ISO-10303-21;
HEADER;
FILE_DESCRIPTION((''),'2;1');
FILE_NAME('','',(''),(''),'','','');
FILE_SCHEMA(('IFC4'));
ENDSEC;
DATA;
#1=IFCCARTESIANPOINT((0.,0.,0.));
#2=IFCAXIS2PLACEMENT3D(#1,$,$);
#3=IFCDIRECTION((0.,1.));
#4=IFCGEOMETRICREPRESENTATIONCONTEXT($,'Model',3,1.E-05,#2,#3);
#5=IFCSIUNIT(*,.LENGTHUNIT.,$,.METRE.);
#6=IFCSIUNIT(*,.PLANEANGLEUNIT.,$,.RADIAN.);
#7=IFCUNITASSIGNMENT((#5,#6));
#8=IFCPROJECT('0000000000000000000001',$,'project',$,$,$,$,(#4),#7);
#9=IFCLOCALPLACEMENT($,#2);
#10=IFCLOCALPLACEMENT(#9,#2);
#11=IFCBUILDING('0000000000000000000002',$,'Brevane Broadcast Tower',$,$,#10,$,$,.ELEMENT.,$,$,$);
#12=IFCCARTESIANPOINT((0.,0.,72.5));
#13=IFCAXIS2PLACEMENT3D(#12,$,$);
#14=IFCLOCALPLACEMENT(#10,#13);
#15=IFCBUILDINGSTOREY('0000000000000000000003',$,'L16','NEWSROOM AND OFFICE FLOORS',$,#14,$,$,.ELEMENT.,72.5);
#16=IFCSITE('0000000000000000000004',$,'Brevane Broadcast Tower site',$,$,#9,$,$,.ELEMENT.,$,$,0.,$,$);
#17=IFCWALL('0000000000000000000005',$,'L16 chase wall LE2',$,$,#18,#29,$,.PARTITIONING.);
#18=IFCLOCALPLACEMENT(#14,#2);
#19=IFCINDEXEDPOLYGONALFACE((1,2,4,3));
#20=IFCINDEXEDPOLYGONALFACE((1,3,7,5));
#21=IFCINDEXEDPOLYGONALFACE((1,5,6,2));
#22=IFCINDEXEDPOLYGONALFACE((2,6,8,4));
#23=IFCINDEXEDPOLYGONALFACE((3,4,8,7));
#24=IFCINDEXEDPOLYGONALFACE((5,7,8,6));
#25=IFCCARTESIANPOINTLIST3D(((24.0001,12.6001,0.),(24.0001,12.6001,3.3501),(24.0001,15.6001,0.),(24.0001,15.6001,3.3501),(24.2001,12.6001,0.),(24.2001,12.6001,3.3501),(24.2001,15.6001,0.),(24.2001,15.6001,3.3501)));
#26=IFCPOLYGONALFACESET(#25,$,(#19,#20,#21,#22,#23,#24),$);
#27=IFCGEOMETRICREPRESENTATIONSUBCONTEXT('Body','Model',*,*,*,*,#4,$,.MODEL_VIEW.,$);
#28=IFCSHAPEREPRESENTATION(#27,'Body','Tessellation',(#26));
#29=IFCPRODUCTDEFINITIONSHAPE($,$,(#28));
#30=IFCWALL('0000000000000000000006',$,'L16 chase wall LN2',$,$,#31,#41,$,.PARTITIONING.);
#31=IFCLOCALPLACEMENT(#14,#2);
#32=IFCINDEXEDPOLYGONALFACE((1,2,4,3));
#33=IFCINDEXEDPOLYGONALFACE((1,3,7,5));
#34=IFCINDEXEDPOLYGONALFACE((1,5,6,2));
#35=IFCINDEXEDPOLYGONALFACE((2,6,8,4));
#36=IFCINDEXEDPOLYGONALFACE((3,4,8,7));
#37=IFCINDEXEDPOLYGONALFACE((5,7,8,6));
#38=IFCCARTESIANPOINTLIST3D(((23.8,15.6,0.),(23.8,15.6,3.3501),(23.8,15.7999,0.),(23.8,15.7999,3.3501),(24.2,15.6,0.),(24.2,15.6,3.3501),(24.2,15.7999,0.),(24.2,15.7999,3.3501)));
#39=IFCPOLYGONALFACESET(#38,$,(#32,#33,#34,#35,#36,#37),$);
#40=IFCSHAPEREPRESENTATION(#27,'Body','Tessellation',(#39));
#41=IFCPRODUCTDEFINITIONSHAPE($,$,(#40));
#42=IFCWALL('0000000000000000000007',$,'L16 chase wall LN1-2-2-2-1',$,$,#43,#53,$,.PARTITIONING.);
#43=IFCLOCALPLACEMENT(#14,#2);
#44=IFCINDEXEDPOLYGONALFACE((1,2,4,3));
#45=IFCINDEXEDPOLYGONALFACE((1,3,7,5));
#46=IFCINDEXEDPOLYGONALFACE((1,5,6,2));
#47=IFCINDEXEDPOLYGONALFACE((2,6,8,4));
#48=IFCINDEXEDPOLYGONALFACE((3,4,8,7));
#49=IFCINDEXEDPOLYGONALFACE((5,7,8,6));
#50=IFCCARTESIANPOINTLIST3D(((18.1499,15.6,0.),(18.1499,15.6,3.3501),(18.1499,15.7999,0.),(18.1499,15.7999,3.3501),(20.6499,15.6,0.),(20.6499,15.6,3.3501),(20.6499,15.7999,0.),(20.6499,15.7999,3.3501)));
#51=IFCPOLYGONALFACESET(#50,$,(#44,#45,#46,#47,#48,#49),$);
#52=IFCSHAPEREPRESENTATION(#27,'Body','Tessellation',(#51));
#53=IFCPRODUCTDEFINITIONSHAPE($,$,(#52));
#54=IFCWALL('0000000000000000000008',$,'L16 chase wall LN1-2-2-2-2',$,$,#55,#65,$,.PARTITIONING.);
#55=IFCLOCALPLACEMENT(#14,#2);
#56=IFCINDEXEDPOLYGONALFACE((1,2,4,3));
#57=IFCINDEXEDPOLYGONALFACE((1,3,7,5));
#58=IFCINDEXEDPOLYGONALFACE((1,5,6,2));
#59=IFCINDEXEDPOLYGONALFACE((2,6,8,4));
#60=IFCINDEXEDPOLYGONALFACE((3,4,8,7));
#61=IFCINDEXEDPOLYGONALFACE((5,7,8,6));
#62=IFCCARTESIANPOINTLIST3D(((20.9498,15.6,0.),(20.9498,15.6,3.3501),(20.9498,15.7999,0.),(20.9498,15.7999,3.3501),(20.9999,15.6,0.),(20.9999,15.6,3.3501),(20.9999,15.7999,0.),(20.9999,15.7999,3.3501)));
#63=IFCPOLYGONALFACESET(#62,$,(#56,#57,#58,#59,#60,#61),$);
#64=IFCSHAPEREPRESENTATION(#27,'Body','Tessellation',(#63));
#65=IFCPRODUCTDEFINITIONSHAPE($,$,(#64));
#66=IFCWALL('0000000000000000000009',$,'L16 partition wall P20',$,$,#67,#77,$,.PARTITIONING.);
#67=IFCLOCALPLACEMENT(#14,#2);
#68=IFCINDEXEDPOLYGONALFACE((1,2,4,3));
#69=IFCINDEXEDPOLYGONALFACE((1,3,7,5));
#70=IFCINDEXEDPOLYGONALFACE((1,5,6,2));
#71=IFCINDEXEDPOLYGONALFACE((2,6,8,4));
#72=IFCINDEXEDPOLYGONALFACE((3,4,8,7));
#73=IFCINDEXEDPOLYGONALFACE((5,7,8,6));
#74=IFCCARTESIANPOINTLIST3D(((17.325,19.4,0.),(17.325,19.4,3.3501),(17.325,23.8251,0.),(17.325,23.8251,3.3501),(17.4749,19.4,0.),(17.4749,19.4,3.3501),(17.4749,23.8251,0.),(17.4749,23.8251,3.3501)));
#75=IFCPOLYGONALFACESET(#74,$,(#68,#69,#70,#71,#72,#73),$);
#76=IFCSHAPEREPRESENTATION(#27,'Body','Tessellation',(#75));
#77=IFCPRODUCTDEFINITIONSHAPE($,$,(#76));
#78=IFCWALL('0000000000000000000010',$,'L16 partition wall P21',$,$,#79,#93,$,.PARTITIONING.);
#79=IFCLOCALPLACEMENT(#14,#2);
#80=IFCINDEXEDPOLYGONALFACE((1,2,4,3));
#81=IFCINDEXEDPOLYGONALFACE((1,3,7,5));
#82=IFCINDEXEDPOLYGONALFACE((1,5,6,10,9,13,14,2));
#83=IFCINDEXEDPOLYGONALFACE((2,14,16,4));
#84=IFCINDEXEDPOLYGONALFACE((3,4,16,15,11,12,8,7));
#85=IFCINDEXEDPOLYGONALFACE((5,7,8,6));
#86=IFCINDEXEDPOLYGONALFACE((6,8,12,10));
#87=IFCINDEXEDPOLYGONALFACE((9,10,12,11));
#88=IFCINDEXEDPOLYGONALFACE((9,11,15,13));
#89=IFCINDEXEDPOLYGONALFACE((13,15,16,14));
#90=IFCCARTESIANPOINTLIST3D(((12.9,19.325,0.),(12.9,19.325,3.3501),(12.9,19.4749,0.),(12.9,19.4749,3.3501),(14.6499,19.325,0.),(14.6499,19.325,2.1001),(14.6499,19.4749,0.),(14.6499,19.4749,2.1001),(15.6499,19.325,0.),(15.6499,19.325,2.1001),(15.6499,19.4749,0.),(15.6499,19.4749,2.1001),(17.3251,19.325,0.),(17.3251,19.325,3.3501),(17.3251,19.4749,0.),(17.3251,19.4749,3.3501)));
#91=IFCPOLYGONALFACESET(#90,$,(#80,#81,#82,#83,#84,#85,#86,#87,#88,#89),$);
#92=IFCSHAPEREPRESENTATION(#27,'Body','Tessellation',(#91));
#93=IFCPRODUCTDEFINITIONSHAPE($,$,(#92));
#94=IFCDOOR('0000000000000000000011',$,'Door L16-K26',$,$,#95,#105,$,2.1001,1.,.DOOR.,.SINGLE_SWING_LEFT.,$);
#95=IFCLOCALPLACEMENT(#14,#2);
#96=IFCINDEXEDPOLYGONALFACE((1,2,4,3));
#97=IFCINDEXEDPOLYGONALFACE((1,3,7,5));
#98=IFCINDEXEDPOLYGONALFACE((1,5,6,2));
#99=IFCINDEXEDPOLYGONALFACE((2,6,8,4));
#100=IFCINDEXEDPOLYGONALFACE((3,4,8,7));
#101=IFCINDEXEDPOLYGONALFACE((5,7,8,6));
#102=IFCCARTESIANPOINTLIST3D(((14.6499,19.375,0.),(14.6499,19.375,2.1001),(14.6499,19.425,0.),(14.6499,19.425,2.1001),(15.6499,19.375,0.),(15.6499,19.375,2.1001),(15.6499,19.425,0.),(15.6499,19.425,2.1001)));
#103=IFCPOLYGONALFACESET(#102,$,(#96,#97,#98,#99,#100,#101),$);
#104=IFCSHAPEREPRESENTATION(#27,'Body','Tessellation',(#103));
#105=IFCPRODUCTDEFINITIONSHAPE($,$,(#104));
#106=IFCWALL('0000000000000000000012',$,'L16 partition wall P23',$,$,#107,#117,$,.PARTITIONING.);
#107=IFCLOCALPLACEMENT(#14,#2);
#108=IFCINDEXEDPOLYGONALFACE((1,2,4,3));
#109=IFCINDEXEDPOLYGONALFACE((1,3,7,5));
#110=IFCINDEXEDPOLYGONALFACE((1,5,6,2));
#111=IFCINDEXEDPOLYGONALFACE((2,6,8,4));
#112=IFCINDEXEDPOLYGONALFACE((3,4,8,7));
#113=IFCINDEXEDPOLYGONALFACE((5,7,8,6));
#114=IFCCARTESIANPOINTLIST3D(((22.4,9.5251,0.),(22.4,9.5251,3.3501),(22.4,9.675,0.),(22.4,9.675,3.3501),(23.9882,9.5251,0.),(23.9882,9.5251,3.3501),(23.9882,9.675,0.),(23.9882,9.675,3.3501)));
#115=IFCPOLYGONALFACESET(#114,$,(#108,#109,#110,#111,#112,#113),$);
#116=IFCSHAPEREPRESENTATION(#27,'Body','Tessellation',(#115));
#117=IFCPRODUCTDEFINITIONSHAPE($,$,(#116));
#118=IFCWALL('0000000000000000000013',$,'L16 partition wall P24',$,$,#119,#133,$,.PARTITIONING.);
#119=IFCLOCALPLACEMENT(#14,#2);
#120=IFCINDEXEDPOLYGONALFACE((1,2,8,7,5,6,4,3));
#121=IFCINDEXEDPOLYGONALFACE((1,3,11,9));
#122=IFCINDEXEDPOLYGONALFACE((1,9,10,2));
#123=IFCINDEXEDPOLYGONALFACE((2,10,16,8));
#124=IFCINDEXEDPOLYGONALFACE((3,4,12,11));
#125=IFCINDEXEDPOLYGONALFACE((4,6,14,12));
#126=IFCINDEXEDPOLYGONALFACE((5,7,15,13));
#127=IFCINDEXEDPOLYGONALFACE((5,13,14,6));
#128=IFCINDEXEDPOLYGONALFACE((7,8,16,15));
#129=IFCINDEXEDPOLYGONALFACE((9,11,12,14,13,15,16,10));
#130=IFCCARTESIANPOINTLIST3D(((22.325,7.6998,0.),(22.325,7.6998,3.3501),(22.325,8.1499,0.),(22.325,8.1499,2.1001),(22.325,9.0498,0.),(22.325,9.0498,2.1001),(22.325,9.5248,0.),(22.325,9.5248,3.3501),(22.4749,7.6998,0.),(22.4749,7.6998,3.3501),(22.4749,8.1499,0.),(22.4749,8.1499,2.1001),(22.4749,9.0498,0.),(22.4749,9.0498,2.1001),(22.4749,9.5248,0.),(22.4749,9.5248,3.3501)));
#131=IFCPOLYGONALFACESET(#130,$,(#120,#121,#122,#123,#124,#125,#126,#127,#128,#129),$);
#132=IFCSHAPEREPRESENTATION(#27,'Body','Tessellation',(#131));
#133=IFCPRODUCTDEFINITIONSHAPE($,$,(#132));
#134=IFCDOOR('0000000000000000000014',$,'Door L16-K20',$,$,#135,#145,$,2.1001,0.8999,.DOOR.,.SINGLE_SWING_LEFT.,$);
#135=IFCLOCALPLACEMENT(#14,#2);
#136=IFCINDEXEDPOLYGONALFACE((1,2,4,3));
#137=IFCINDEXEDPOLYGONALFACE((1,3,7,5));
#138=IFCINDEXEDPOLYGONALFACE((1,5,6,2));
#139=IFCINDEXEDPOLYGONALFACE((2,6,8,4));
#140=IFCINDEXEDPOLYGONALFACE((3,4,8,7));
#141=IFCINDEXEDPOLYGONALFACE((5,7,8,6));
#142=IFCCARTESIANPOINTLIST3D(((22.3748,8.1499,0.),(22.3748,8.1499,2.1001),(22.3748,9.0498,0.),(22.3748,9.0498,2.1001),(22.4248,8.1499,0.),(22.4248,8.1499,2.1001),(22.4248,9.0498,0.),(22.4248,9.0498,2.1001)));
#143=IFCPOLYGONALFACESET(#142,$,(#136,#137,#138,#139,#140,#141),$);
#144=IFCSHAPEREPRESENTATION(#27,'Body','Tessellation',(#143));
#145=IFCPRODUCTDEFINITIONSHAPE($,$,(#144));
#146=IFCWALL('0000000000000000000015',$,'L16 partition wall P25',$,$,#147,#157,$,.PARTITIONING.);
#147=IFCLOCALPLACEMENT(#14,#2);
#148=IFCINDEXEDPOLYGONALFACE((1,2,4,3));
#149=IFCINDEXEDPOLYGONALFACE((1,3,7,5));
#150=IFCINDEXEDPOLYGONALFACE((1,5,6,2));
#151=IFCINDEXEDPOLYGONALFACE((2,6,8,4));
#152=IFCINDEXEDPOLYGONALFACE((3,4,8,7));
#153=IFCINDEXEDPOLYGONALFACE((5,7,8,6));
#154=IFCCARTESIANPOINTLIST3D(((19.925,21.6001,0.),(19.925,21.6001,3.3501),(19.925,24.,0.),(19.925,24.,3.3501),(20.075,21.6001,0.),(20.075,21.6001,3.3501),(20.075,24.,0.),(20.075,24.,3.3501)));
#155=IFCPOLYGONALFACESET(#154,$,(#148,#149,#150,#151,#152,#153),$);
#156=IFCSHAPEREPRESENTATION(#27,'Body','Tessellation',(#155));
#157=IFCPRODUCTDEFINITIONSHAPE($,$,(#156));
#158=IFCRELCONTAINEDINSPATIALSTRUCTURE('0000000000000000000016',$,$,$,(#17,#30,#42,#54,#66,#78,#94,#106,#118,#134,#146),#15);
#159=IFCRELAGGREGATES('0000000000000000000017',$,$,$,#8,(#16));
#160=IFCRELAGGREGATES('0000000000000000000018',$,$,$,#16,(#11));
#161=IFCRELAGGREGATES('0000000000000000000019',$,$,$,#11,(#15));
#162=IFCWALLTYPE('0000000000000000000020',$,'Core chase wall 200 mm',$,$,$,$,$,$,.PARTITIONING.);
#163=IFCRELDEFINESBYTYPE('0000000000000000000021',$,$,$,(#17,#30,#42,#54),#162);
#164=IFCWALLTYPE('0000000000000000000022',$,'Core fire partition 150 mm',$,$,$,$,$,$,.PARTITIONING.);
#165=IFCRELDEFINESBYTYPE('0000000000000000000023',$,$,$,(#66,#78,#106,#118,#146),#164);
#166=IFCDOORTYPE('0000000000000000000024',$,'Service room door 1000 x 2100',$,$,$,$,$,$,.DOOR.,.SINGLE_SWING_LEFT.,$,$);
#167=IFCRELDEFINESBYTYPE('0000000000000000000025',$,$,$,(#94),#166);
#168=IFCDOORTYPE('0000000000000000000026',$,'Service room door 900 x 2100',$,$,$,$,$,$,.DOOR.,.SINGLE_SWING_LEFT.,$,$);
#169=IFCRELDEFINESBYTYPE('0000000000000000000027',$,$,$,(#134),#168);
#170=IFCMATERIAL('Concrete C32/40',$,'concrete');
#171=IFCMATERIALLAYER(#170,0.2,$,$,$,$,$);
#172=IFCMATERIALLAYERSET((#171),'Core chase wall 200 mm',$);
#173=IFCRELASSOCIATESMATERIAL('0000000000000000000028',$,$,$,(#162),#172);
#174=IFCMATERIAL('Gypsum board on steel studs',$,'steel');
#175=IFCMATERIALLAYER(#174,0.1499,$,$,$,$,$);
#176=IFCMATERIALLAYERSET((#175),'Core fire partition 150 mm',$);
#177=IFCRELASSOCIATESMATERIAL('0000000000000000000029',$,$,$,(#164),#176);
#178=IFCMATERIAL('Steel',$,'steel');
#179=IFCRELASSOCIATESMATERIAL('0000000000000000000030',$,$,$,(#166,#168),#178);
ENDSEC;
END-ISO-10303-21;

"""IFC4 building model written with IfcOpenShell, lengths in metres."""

from ifc_helpers import new_model, si_unit, direction, frame, frame_2d, origin, place, context, subcontext, project, spatial, rectangle, extrude, material, layer, layer_set, type_object, element, fill, save


model = new_model("IFC4")

# Units and contexts
model_context = context("Model", 3, precision=1e-05, world=origin(), true_north=direction((0.0, 1.0)))
body_context = subcontext(model_context, "Body", "Model", "MODEL_VIEW")
ifc_project = project(units=[si_unit("LENGTHUNIT", "METRE"), si_unit("PLANEANGLEUNIT", "RADIAN")], contexts=[model_context])

# Site, building, storey
site_placement = place(None, origin())
site = spatial("IfcSite", under=ifc_project, at=site_placement, Name="Brevane Broadcast Tower site", CompositionType="ELEMENT", RefElevation=0.0)
building_placement = place(site_placement, origin())
building = spatial("IfcBuilding", under=site, at=building_placement, Name="Brevane Broadcast Tower", CompositionType="ELEMENT")
storey_placement = place(building_placement, frame((0.0, 0.0, 72.5)))
storey = spatial("IfcBuildingStorey", under=building, at=storey_placement, Name="L16", Description="NEWSROOM AND OFFICE FLOORS", CompositionType="ELEMENT", Elevation=72.5)

# Walls
ifc_material_1 = material(Name="Concrete C32/40", Category="concrete")
ifc_layer_1 = layer(ifc_material_1, 0.2)
ifc_layer_set_1 = layer_set([ifc_layer_1], Name="Core chase wall 200 mm")
wall_type_1 = type_object("IfcWallType", Name="Core chase wall 200 mm", PredefinedType="PARTITIONING", material=ifc_layer_set_1)
wall_1_placement = place(storey_placement, frame((24.1001, 12.6001, 0.0), z_axis=(0.0, 0.0, 1.0), x_axis=(0.0, 1.0, 0.0)))
element("IfcWall", 1, at=wall_1_placement, inside=storey, type_object=wall_type_1, Name="L16 chase wall LE2", PredefinedType="PARTITIONING", context=body_context, shape_type="SweptSolid", body=[
    extrude(rectangle(XDim=3.0, YDim=0.2, at=frame_2d((1.5, 0.0))), origin(), (0.0, 0.0, 1.0), 3.3501),
])
wall_2_placement = place(storey_placement, frame((23.8, 15.7, 0.0), z_axis=(0.0, 0.0, 1.0), x_axis=(1.0, 0.0, 0.0)))
element("IfcWall", 2, at=wall_2_placement, inside=storey, type_object=wall_type_1, Name="L16 chase wall LN2", PredefinedType="PARTITIONING", context=body_context, shape_type="SweptSolid", body=[
    extrude(rectangle(XDim=0.3999, YDim=0.2, at=frame_2d((0.2, 0.0))), origin(), (0.0, 0.0, 1.0), 3.3501),
])
wall_3_placement = place(storey_placement, frame((18.1499, 15.7, 0.0), z_axis=(0.0, 0.0, 1.0), x_axis=(1.0, 0.0, 0.0)))
element("IfcWall", 3, at=wall_3_placement, inside=storey, type_object=wall_type_1, Name="L16 chase wall LN1-2-2-2-1", PredefinedType="PARTITIONING", context=body_context, shape_type="SweptSolid", body=[
    extrude(rectangle(XDim=2.5, YDim=0.2, at=frame_2d((1.25, 0.0))), origin(), (0.0, 0.0, 1.0), 3.3501),
])
wall_4_placement = place(storey_placement, frame((20.95, 15.7, 0.0), z_axis=(0.0, 0.0, 1.0), x_axis=(1.0, 0.0, 0.0)))
element("IfcWall", 4, at=wall_4_placement, inside=storey, type_object=wall_type_1, Name="L16 chase wall LN1-2-2-2-2", PredefinedType="PARTITIONING", context=body_context, shape_type="SweptSolid", body=[
    extrude(rectangle(XDim=0.05, YDim=0.2, at=frame_2d((0.0249, 0.0))), origin(), (0.0, 0.0, 1.0), 3.3501),
])
ifc_material_2 = material(Name="Gypsum board on steel studs", Category="steel")
ifc_layer_2 = layer(ifc_material_2, 0.1499)
ifc_layer_set_2 = layer_set([ifc_layer_2], Name="Core fire partition 150 mm")
wall_type_2 = type_object("IfcWallType", Name="Core fire partition 150 mm", PredefinedType="PARTITIONING", material=ifc_layer_set_2)
wall_5_placement = place(storey_placement, frame((17.3999, 23.825, 0.0), z_axis=(0.0, 0.0, 1.0), x_axis=(0.0, -1.0, 0.0)))
element("IfcWall", 5, at=wall_5_placement, inside=storey, type_object=wall_type_2, Name="L16 partition wall P20", PredefinedType="PARTITIONING", context=body_context, shape_type="SweptSolid", body=[
    extrude(rectangle(XDim=4.425, YDim=0.1499, at=frame_2d((2.2124, 0.0))), origin(), (0.0, 0.0, 1.0), 3.3501),
])

# Wall, opening, door
wall_6_placement = place(storey_placement, frame((17.325, 19.3999, 0.0), z_axis=(0.0, 0.0, 1.0), x_axis=(-1.0, 0.0, 0.0)))
wall_6 = element("IfcWall", 6, at=wall_6_placement, inside=storey, type_object=wall_type_2, Name="L16 partition wall P21", PredefinedType="PARTITIONING", context=body_context, shape_type="SweptSolid", body=[
    extrude(rectangle(XDim=4.425, YDim=0.1499, at=frame_2d((2.2124, 0.0))), origin(), (0.0, 0.0, 1.0), 3.3501),
])
opening_1_placement = place(wall_6_placement, frame((1.675, 0.0, 0.0)))
opening_1 = element("IfcOpeningElement", 7, at=opening_1_placement, cuts=wall_6, PredefinedType="OPENING", context=body_context, shape_type="SweptSolid", body=[
    extrude(rectangle(XDim=1.0, YDim=2.1001, at=frame_2d((0.5, 1.05))), frame((0.0, 0.085, 0.0), z_axis=(0.0, -1.0, 0.0), x_axis=(1.0, 0.0, 0.0)), (0.0, 0.0, 1.0), 0.1699),
])
ifc_material_3 = material(Name="Steel", Category="steel")
door_type_1 = type_object("IfcDoorType", Name="Service room door 1000 x 2100", OperationType="SINGLE_SWING_LEFT", PredefinedType="DOOR", material=ifc_material_3)
door_1_placement = place(opening_1_placement, origin())
door_1 = element("IfcDoor", 8, at=door_1_placement, inside=storey, type_object=door_type_1, Name="Door L16-K26", OperationType="SINGLE_SWING_LEFT", OverallHeight=2.1001, OverallWidth=1.0, PredefinedType="DOOR", context=body_context, shape_type="SweptSolid", body=[
    extrude(rectangle(XDim=1.0, YDim=2.1001, at=frame_2d((0.5, 1.05))), frame((0.0, 0.0249, 0.0), z_axis=(0.0, -1.0, 0.0), x_axis=(1.0, 0.0, 0.0)), (0.0, 0.0, 1.0), 0.05),
])
fill(opening_1, door_1)

# Wall
wall_7_placement = place(storey_placement, frame((23.988, 9.6001, 0.0), z_axis=(0.0, 0.0, 1.0), x_axis=(-1.0, 0.0, 0.0)))
element("IfcWall", 9, at=wall_7_placement, inside=storey, type_object=wall_type_2, Name="L16 partition wall P23", PredefinedType="PARTITIONING", context=body_context, shape_type="SweptSolid", body=[
    extrude(rectangle(XDim=1.5881, YDim=0.1499, at=frame_2d((0.7939, 0.0))), origin(), (0.0, 0.0, 1.0), 3.3501),
])

# Wall, opening, door
wall_8_placement = place(storey_placement, frame((22.3999, 9.5249, 0.0), z_axis=(0.0, 0.0, 1.0), x_axis=(0.0, -1.0, 0.0)))
wall_8 = element("IfcWall", 10, at=wall_8_placement, inside=storey, type_object=wall_type_2, Name="L16 partition wall P24", PredefinedType="PARTITIONING", context=body_context, shape_type="SweptSolid", body=[
    extrude(rectangle(XDim=1.825, YDim=0.1499, at=frame_2d((0.9126, 0.0))), origin(), (0.0, 0.0, 1.0), 3.3501),
])
opening_2_placement = place(wall_8_placement, frame((0.4751, 0.0, 0.0)))
opening_2 = element("IfcOpeningElement", 11, at=opening_2_placement, cuts=wall_8, PredefinedType="OPENING", context=body_context, shape_type="SweptSolid", body=[
    extrude(rectangle(XDim=0.8999, YDim=2.1001, at=frame_2d((0.45, 1.05))), frame((0.0, 0.085, 0.0), z_axis=(0.0, -1.0, 0.0), x_axis=(1.0, 0.0, 0.0)), (0.0, 0.0, 1.0), 0.1699),
])
door_type_2 = type_object("IfcDoorType", Name="Service room door 900 x 2100", OperationType="SINGLE_SWING_LEFT", PredefinedType="DOOR", material=ifc_material_3)
door_2_placement = place(opening_2_placement, origin())
door_2 = element("IfcDoor", 12, at=door_2_placement, inside=storey, type_object=door_type_2, Name="Door L16-K20", OperationType="SINGLE_SWING_LEFT", OverallHeight=2.1001, OverallWidth=0.8999, PredefinedType="DOOR", context=body_context, shape_type="SweptSolid", body=[
    extrude(rectangle(XDim=0.8999, YDim=2.1001, at=frame_2d((0.45, 1.05))), frame((0.0, 0.0249, 0.0), z_axis=(0.0, -1.0, 0.0), x_axis=(1.0, 0.0, 0.0)), (0.0, 0.0, 1.0), 0.05),
])
fill(opening_2, door_2)

# Wall
wall_9_placement = place(storey_placement, frame((20.0, 21.6001, 0.0), z_axis=(0.0, 0.0, 1.0), x_axis=(0.0, 1.0, 0.0)))
element("IfcWall", 13, at=wall_9_placement, inside=storey, type_object=wall_type_2, Name="L16 partition wall P25", PredefinedType="PARTITIONING", context=body_context, shape_type="SweptSolid", body=[
    extrude(rectangle(XDim=2.3999, YDim=0.1499, at=frame_2d((1.2, 0.0))), origin(), (0.0, 0.0, 1.0), 3.3501),
])

save(model, "model.ifc")
